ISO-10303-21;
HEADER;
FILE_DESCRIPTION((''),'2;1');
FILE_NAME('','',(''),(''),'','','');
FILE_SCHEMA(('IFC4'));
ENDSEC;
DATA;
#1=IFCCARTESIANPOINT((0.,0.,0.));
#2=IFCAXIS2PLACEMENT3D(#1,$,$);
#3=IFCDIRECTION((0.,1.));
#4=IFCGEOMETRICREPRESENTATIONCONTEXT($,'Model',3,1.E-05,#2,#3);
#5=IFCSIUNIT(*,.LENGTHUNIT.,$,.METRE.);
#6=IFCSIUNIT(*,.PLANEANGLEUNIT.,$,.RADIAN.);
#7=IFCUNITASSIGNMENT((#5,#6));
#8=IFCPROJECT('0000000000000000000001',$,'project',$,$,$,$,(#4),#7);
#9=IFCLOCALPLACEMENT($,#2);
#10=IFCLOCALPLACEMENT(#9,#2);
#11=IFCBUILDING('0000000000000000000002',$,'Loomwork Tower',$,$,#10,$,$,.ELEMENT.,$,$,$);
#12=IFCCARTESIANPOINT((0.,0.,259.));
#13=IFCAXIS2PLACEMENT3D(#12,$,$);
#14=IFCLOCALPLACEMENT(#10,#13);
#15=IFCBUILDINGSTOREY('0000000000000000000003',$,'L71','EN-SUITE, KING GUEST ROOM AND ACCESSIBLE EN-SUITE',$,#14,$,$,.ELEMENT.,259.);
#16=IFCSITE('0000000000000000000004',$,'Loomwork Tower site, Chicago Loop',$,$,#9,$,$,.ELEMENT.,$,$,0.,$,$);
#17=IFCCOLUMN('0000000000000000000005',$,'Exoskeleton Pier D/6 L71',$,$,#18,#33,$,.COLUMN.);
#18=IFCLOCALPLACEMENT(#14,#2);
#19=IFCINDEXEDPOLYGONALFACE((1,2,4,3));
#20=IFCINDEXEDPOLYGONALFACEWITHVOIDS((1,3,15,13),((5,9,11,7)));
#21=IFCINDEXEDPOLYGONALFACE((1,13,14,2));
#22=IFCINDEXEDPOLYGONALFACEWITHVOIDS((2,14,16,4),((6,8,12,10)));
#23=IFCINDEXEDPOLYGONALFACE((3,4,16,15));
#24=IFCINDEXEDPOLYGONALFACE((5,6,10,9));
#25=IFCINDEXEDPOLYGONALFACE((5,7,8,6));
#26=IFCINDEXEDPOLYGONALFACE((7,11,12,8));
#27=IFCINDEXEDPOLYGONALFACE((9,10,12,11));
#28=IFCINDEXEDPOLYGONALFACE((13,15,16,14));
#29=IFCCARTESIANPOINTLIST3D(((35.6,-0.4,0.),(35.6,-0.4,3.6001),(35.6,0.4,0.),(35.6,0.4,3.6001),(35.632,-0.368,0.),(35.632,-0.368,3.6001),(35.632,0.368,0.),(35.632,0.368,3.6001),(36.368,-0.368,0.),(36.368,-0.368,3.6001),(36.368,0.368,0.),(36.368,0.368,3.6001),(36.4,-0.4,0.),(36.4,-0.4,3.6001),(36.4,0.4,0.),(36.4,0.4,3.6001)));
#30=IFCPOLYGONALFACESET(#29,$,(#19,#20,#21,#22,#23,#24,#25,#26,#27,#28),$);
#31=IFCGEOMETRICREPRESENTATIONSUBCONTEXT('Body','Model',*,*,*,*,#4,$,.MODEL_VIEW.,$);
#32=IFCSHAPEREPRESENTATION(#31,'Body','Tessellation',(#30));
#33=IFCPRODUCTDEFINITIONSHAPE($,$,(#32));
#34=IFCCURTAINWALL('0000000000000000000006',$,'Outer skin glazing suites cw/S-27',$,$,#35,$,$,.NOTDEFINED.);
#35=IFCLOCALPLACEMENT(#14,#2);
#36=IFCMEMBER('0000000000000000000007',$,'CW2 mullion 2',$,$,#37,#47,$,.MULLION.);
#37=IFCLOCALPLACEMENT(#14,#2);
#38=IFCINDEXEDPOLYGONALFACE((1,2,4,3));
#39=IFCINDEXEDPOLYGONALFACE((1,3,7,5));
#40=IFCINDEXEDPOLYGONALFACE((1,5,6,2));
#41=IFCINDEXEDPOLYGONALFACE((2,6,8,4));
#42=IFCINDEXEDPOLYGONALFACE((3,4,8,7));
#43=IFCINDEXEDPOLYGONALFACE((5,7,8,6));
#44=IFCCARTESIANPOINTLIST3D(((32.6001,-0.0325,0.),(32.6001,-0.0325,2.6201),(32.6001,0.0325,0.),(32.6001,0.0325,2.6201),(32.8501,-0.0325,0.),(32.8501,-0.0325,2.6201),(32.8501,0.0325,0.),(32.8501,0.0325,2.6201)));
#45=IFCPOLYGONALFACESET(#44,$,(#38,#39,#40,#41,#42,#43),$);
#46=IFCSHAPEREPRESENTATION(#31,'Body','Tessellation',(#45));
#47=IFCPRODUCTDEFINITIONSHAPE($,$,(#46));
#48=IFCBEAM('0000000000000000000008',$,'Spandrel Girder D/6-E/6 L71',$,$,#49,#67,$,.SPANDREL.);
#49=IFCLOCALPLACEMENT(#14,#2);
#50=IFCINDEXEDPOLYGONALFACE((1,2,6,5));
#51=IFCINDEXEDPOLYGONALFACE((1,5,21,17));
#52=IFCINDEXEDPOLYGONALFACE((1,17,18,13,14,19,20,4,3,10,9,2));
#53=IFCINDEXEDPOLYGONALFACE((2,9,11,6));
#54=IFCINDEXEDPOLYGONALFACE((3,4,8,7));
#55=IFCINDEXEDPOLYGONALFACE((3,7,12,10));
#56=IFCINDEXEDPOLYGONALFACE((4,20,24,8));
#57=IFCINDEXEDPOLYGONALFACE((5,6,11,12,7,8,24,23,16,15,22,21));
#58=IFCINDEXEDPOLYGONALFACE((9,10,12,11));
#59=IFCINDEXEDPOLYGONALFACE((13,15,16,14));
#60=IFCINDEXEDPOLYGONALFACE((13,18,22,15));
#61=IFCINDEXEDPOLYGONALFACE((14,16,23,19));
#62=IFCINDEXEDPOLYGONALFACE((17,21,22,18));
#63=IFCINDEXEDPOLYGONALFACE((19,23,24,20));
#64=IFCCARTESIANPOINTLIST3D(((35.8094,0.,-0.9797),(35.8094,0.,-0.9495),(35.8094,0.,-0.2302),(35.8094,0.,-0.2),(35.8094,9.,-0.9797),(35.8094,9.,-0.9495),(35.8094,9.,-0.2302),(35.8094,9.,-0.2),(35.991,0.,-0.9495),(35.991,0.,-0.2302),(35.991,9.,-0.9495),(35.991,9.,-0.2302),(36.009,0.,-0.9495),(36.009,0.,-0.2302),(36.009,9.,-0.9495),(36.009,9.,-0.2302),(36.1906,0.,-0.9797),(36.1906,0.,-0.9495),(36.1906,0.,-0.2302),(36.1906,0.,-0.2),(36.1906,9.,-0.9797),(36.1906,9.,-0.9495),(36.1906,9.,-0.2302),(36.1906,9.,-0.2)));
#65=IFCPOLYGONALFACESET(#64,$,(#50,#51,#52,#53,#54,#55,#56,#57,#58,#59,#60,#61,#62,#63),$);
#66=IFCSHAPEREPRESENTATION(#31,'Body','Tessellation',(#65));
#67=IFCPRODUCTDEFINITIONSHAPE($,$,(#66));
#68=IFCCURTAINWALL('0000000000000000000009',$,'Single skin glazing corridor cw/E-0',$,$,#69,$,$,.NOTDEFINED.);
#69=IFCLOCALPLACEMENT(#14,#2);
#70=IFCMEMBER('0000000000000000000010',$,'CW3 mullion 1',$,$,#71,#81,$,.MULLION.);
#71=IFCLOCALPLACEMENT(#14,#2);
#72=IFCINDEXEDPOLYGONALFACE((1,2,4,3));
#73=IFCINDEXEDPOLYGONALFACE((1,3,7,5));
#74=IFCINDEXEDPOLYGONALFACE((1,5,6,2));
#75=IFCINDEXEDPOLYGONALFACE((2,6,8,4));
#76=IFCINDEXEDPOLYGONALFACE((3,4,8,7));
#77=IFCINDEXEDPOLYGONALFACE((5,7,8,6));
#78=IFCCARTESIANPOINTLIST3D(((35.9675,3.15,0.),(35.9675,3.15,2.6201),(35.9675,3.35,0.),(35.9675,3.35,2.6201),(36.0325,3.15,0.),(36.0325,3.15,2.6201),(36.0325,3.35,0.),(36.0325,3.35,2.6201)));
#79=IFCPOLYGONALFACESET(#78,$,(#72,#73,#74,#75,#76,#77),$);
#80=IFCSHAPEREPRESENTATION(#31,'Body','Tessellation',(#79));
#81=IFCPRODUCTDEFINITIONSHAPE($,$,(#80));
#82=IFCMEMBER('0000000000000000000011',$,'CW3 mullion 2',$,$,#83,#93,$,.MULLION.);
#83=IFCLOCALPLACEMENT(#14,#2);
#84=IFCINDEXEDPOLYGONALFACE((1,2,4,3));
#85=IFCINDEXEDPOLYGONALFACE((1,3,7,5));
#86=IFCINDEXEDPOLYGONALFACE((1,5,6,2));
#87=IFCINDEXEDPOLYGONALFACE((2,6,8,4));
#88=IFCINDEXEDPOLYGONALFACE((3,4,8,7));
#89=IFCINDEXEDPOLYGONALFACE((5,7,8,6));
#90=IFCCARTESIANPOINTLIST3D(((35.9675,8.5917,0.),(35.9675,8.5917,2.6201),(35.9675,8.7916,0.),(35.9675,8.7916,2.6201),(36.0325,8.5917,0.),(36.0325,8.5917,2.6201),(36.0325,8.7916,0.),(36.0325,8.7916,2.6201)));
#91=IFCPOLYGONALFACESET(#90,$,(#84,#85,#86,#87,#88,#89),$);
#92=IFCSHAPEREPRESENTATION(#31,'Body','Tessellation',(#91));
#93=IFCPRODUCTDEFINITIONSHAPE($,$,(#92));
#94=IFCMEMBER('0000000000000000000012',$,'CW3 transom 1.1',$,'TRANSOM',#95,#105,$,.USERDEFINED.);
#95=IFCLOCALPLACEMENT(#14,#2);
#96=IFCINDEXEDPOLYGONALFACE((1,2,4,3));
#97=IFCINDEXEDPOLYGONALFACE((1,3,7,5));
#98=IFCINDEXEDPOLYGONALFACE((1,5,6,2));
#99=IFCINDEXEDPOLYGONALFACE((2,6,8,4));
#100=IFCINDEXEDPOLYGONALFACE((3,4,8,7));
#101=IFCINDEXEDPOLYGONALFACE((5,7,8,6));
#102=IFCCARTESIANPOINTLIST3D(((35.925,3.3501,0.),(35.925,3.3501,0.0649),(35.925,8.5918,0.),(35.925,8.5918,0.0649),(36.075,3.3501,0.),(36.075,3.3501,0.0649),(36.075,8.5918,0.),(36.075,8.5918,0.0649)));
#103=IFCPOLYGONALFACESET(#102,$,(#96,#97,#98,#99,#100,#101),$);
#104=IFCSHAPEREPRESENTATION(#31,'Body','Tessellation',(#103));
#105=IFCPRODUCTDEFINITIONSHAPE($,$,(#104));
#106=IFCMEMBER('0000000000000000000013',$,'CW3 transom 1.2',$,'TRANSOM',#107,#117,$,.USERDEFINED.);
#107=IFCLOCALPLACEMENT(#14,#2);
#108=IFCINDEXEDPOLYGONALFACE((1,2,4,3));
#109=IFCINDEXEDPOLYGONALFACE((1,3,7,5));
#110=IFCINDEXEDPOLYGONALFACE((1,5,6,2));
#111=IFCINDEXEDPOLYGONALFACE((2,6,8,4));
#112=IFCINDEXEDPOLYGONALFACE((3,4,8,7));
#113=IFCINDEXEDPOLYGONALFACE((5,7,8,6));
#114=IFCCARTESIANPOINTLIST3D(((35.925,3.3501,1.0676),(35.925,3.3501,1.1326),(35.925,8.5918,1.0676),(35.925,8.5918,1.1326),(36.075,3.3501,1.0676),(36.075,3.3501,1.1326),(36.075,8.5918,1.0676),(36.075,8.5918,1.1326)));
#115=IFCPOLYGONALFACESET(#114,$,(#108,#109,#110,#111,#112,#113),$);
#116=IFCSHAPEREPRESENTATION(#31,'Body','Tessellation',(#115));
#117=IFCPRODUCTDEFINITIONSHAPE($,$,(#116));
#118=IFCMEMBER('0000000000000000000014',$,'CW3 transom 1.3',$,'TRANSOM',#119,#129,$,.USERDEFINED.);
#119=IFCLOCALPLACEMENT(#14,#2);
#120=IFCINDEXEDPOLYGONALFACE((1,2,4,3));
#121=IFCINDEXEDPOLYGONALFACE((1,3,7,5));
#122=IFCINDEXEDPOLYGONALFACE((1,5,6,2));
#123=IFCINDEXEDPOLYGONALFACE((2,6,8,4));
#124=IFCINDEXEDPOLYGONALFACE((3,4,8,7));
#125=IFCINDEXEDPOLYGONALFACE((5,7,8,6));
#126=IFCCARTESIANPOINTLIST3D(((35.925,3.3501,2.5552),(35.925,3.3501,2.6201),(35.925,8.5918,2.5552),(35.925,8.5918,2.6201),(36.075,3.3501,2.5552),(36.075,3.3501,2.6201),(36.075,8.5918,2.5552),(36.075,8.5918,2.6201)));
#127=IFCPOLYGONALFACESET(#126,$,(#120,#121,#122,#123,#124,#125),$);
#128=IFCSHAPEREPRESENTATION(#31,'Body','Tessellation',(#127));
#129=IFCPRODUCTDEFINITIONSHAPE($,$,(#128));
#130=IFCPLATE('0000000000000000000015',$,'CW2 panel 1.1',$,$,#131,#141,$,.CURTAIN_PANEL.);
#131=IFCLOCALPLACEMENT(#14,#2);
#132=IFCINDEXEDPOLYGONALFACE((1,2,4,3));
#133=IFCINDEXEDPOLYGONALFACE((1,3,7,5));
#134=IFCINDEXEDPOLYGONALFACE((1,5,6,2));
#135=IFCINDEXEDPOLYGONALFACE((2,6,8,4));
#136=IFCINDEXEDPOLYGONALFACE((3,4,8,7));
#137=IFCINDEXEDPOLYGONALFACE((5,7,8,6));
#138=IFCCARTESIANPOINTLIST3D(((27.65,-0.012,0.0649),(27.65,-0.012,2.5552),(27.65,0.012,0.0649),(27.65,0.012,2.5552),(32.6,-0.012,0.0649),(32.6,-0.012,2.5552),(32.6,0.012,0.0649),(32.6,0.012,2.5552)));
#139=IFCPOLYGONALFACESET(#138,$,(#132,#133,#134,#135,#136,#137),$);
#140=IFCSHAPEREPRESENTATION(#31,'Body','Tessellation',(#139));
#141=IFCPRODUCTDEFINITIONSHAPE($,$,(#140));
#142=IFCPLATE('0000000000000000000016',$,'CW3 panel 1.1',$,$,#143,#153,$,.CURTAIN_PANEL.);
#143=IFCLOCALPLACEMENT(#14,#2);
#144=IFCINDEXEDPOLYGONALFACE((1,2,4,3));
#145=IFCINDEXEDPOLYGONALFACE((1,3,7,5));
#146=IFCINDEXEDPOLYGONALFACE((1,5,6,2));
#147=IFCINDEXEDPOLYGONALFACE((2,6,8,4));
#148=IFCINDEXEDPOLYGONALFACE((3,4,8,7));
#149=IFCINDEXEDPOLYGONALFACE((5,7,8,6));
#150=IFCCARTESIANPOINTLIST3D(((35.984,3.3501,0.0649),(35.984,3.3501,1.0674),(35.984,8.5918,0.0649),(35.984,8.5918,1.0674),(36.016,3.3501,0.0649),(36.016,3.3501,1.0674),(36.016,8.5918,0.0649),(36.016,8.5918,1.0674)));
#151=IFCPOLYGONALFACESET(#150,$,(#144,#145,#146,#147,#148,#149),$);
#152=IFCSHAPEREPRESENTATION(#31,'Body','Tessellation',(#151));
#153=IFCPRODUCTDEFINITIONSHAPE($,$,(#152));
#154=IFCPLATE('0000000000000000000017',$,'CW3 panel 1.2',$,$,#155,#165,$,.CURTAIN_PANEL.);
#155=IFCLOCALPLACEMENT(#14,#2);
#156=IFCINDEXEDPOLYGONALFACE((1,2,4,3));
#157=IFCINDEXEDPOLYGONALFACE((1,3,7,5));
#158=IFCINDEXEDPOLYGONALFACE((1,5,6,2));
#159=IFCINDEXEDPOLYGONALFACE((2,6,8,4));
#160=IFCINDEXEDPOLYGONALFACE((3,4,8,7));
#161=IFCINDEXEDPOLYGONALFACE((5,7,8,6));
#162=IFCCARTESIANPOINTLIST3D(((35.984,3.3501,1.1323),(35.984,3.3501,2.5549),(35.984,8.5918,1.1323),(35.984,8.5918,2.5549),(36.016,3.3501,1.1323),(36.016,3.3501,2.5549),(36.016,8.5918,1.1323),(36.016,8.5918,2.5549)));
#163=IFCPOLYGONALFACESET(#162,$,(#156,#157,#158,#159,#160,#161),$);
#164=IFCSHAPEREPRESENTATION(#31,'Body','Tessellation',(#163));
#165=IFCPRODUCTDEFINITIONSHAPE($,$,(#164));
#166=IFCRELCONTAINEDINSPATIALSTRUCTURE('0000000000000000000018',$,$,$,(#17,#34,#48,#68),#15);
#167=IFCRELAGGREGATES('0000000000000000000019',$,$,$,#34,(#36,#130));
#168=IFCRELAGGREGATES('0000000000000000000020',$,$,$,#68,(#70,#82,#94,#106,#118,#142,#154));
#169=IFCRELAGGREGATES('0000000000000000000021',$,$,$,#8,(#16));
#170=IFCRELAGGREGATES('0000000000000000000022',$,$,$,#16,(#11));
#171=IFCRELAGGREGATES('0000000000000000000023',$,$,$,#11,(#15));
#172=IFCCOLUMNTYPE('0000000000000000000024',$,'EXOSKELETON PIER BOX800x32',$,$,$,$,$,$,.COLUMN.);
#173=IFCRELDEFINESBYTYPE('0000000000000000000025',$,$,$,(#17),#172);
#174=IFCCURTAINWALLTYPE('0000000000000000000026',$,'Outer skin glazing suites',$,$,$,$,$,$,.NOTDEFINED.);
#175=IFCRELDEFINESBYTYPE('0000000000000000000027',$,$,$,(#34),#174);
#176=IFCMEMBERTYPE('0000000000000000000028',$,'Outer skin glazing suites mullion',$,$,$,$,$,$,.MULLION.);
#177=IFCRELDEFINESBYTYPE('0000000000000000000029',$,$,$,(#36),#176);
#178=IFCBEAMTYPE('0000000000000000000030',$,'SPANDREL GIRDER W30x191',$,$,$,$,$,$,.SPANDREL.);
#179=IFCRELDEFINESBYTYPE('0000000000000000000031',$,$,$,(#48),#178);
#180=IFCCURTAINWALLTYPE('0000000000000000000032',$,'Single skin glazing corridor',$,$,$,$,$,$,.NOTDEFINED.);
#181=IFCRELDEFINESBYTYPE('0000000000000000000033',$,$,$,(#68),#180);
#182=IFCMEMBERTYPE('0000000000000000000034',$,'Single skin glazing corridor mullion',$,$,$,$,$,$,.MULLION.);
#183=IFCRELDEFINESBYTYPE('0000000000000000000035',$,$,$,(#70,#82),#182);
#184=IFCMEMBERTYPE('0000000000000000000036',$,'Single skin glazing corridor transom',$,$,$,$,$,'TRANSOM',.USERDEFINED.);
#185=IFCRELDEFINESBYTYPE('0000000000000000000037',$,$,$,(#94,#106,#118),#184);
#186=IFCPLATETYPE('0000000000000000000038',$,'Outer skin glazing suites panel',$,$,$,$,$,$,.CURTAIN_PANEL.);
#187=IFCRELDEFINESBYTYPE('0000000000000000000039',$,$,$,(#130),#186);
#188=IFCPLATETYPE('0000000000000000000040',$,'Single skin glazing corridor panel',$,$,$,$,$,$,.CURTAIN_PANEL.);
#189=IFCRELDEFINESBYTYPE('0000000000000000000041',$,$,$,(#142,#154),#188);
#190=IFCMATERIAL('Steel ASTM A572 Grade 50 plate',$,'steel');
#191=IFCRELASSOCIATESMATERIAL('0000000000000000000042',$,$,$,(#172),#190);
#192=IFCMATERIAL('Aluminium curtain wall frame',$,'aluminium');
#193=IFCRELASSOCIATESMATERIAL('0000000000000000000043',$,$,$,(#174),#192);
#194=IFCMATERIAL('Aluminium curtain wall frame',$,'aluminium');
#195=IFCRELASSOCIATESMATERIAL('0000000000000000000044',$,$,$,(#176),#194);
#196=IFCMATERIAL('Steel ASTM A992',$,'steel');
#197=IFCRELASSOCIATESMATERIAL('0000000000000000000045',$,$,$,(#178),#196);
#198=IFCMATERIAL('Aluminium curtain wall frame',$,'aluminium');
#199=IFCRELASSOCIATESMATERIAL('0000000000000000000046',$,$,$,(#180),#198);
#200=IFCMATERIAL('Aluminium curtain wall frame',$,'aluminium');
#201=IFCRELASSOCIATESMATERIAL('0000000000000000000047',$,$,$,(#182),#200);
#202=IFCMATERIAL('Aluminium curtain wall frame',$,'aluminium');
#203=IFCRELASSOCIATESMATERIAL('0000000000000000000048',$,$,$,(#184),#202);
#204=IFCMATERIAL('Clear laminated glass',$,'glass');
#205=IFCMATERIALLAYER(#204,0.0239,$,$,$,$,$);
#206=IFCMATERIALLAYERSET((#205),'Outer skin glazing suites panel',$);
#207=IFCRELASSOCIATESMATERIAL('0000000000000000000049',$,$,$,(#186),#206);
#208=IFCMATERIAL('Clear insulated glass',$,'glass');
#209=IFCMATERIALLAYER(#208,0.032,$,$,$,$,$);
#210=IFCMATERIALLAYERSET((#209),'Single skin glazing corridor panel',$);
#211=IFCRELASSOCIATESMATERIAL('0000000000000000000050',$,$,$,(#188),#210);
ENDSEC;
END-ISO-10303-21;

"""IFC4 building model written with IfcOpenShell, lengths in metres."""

from ifc_helpers import new_model, si_unit, direction, frame, origin, origin_2d, place, context, subcontext, project, spatial, rectangle, hollow_rectangle, i_section, extrude, material, layer, layer_set, material_profile, profile_set, type_object, element, aggregate, save


model = new_model("IFC4")

# Units and contexts
model_context = context("Model", 3, precision=1e-05, world=origin(), true_north=direction((0.0, 1.0)))
body_context = subcontext(model_context, "Body", "Model", "MODEL_VIEW")
ifc_project = project(units=[si_unit("LENGTHUNIT", "METRE"), si_unit("PLANEANGLEUNIT", "RADIAN")], contexts=[model_context])

# Site, building, storey
site_placement = place(None, origin())
site = spatial("IfcSite", under=ifc_project, at=site_placement, Name="Loomwork Tower site, Chicago Loop", CompositionType="ELEMENT", RefElevation=0.0)
building_placement = place(site_placement, origin())
building = spatial("IfcBuilding", under=site, at=building_placement, Name="Loomwork Tower", CompositionType="ELEMENT")
storey_placement = place(building_placement, frame((0.0, 0.0, 259.0)))
storey = spatial("IfcBuildingStorey", under=building, at=storey_placement, Name="L71", Description="EN-SUITE, KING GUEST ROOM AND ACCESSIBLE EN-SUITE", CompositionType="ELEMENT", Elevation=259.0)

# Column
ifc_material_1 = material(Name="Steel ASTM A572 Grade 50 plate", Category="steel")
ifc_material_profile_1 = material_profile(ifc_material_1, hollow_rectangle(XDim=0.8, YDim=0.8, WallThickness=0.032, at=origin_2d()), Name="BOX800x32")
ifc_profile_set_1 = profile_set([ifc_material_profile_1], Name="Steel ASTM A572 Grade 50 plate")
column_type = type_object("IfcColumnType", Name="EXOSKELETON PIER BOX800x32", PredefinedType="COLUMN", material=ifc_profile_set_1)
column_placement = place(storey_placement, frame((36.0, 0.0, 0.0), z_axis=(0.0, 0.0, 1.0), x_axis=(1.0, 0.0, 0.0)))
element("IfcColumn", 1, at=column_placement, inside=storey, type_object=column_type, Name="Exoskeleton Pier D/6 L71", PredefinedType="COLUMN", context=body_context, shape_type="SweptSolid", body=[
    extrude(hollow_rectangle(XDim=0.8, YDim=0.8, WallThickness=0.032, at=origin_2d()), origin(), (0.0, 0.0, 1.0), 3.6001),
])

# Curtain wall, member
ifc_material_2 = material(Name="Aluminium curtain wall frame", Category="aluminium")
curtain_wall_type_1 = type_object("IfcCurtainWallType", Name="Outer skin glazing suites", PredefinedType="NOTDEFINED", material=ifc_material_2)
curtain_wall_1_placement = place(storey_placement, origin())
curtain_wall_1 = element("IfcCurtainWall", 2, at=curtain_wall_1_placement, inside=storey, type_object=curtain_wall_type_1, Name="Outer skin glazing suites cw/S-27", PredefinedType="NOTDEFINED")
ifc_material_3 = material(Name="Aluminium curtain wall frame", Category="aluminium")
ifc_material_profile_2 = material_profile(ifc_material_3, rectangle(XDim=0.0649, YDim=0.25, at=origin_2d()), Name="AL 65x250")
ifc_profile_set_2 = profile_set([ifc_material_profile_2], Name="Aluminium curtain wall frame")
member_type_1 = type_object("IfcMemberType", Name="Outer skin glazing suites mullion", PredefinedType="MULLION", material=ifc_profile_set_2)
member_1_placement = place(storey_placement, frame((32.7251, 0.0, 0.0), z_axis=(0.0, 0.0, 1.0), x_axis=(0.0, 1.0, 0.0)))
member_1 = element("IfcMember", 3, at=member_1_placement, type_object=member_type_1, Name="CW2 mullion 2", PredefinedType="MULLION", context=body_context, shape_type="SweptSolid", body=[
    extrude(rectangle(XDim=0.0649, YDim=0.25, at=origin_2d()), origin(), (0.0, 0.0, 1.0), 2.6201),
])

# Beam
ifc_material_4 = material(Name="Steel ASTM A992", Category="steel")
ifc_material_profile_3 = material_profile(ifc_material_4, i_section(OverallWidth=0.3811, OverallDepth=0.7798, WebThickness=0.0181, FlangeThickness=0.0303, at=origin_2d()), Name="W30x191")
ifc_profile_set_3 = profile_set([ifc_material_profile_3], Name="Steel ASTM A992")
beam_type = type_object("IfcBeamType", Name="SPANDREL GIRDER W30x191", PredefinedType="SPANDREL", material=ifc_profile_set_3)
beam_placement = place(storey_placement, frame((36.0, 0.0, -0.5898), z_axis=(0.0, 1.0, 0.0), x_axis=(-1.0, 0.0, 0.0)))
element("IfcBeam", 4, at=beam_placement, inside=storey, type_object=beam_type, Name="Spandrel Girder D/6-E/6 L71", PredefinedType="SPANDREL", context=body_context, shape_type="SweptSolid", body=[
    extrude(i_section(OverallWidth=0.3811, OverallDepth=0.7798, WebThickness=0.0181, FlangeThickness=0.0303, at=origin_2d()), origin(), (0.0, 0.0, 1.0), 9.0),
])

# Curtain wall, members
ifc_material_5 = material(Name="Aluminium curtain wall frame", Category="aluminium")
curtain_wall_type_2 = type_object("IfcCurtainWallType", Name="Single skin glazing corridor", PredefinedType="NOTDEFINED", material=ifc_material_5)
curtain_wall_2_placement = place(storey_placement, origin())
curtain_wall_2 = element("IfcCurtainWall", 5, at=curtain_wall_2_placement, inside=storey, type_object=curtain_wall_type_2, Name="Single skin glazing corridor cw/E-0", PredefinedType="NOTDEFINED")
ifc_material_6 = material(Name="Aluminium curtain wall frame", Category="aluminium")
ifc_material_profile_4 = material_profile(ifc_material_6, rectangle(XDim=0.0649, YDim=0.2, at=origin_2d()), Name="AL 65x200")
ifc_profile_set_4 = profile_set([ifc_material_profile_4], Name="Aluminium curtain wall frame")
member_type_2 = type_object("IfcMemberType", Name="Single skin glazing corridor mullion", PredefinedType="MULLION", material=ifc_profile_set_4)
member_2_placement = place(storey_placement, frame((36.0, 3.25, 0.0), z_axis=(0.0, 0.0, 1.0), x_axis=(-1.0, 0.0, 0.0)))
member_2 = element("IfcMember", 6, at=member_2_placement, type_object=member_type_2, Name="CW3 mullion 1", PredefinedType="MULLION", context=body_context, shape_type="SweptSolid", body=[
    extrude(rectangle(XDim=0.0649, YDim=0.2, at=origin_2d()), origin(), (0.0, 0.0, 1.0), 2.6201),
])
member_3_placement = place(storey_placement, frame((36.0, 8.6917, 0.0), z_axis=(0.0, 0.0, 1.0), x_axis=(-1.0, 0.0, 0.0)))
member_3 = element("IfcMember", 7, at=member_3_placement, type_object=member_type_2, Name="CW3 mullion 2", PredefinedType="MULLION", context=body_context, shape_type="SweptSolid", body=[
    extrude(rectangle(XDim=0.0649, YDim=0.2, at=origin_2d()), origin(), (0.0, 0.0, 1.0), 2.6201),
])
ifc_material_7 = material(Name="Aluminium curtain wall frame", Category="aluminium")
ifc_material_profile_5 = material_profile(ifc_material_7, rectangle(XDim=0.1499, YDim=0.0649, at=origin_2d()), Name="AL 65x150")
ifc_profile_set_5 = profile_set([ifc_material_profile_5], Name="Aluminium curtain wall frame")
member_type_3 = type_object("IfcMemberType", Name="Single skin glazing corridor transom", ElementType="TRANSOM", PredefinedType="USERDEFINED", material=ifc_profile_set_5)
member_4_placement = place(storey_placement, frame((36.0, 3.3501, 0.0325), z_axis=(0.0, 1.0, 0.0), x_axis=(-1.0, 0.0, 0.0)))
member_4 = element("IfcMember", 8, at=member_4_placement, type_object=member_type_3, Name="CW3 transom 1.1", ObjectType="TRANSOM", PredefinedType="USERDEFINED", context=body_context, shape_type="SweptSolid", body=[
    extrude(rectangle(XDim=0.1499, YDim=0.0649, at=origin_2d()), origin(), (0.0, 0.0, 1.0), 5.2417),
])
member_5_placement = place(storey_placement, frame((36.0, 3.3501, 1.1001), z_axis=(0.0, 1.0, 0.0), x_axis=(-1.0, 0.0, 0.0)))
member_5 = element("IfcMember", 9, at=member_5_placement, type_object=member_type_3, Name="CW3 transom 1.2", ObjectType="TRANSOM", PredefinedType="USERDEFINED", context=body_context, shape_type="SweptSolid", body=[
    extrude(rectangle(XDim=0.1499, YDim=0.0649, at=origin_2d()), origin(), (0.0, 0.0, 1.0), 5.2417),
])
member_6_placement = place(storey_placement, frame((36.0, 3.3501, 2.5876), z_axis=(0.0, 1.0, 0.0), x_axis=(-1.0, 0.0, 0.0)))
member_6 = element("IfcMember", 10, at=member_6_placement, type_object=member_type_3, Name="CW3 transom 1.3", ObjectType="TRANSOM", PredefinedType="USERDEFINED", context=body_context, shape_type="SweptSolid", body=[
    extrude(rectangle(XDim=0.1499, YDim=0.0649, at=origin_2d()), origin(), (0.0, 0.0, 1.0), 5.2417),
])

# Plates
ifc_material_8 = material(Name="Clear laminated glass", Category="glass")
ifc_layer_1 = layer(ifc_material_8, 0.0239)
ifc_layer_set_1 = layer_set([ifc_layer_1], Name="Outer skin glazing suites panel")
plate_type_1 = type_object("IfcPlateType", Name="Outer skin glazing suites panel", PredefinedType="CURTAIN_PANEL", material=ifc_layer_set_1)
plate_1_placement = place(storey_placement, frame((30.125, 0.0, 0.0649), z_axis=(0.0, 0.0, 1.0), x_axis=(1.0, 0.0, 0.0)))
plate_1 = element("IfcPlate", 11, at=plate_1_placement, type_object=plate_type_1, Name="CW2 panel 1.1", PredefinedType="CURTAIN_PANEL", context=body_context, shape_type="SweptSolid", body=[
    extrude(rectangle(XDim=4.95, YDim=0.0239, at=origin_2d()), origin(), (0.0, 0.0, 1.0), 2.4902),
])
aggregate(curtain_wall_1, [member_1, plate_1])
ifc_material_9 = material(Name="Clear insulated glass", Category="glass")
ifc_layer_2 = layer(ifc_material_9, 0.032)
ifc_layer_set_2 = layer_set([ifc_layer_2], Name="Single skin glazing corridor panel")
plate_type_2 = type_object("IfcPlateType", Name="Single skin glazing corridor panel", PredefinedType="CURTAIN_PANEL", material=ifc_layer_set_2)
plate_2_placement = place(storey_placement, frame((36.0, 5.9709, 0.0649), z_axis=(0.0, 0.0, 1.0), x_axis=(0.0, 1.0, 0.0)))
plate_2 = element("IfcPlate", 12, at=plate_2_placement, type_object=plate_type_2, Name="CW3 panel 1.1", PredefinedType="CURTAIN_PANEL", context=body_context, shape_type="SweptSolid", body=[
    extrude(rectangle(XDim=5.2417, YDim=0.032, at=origin_2d()), origin(), (0.0, 0.0, 1.0), 1.0024),
])
plate_3_placement = place(storey_placement, frame((36.0, 5.9709, 1.1323), z_axis=(0.0, 0.0, 1.0), x_axis=(0.0, 1.0, 0.0)))
plate_3 = element("IfcPlate", 13, at=plate_3_placement, type_object=plate_type_2, Name="CW3 panel 1.2", PredefinedType="CURTAIN_PANEL", context=body_context, shape_type="SweptSolid", body=[
    extrude(rectangle(XDim=5.2417, YDim=0.032, at=origin_2d()), origin(), (0.0, 0.0, 1.0), 1.4226),
])
aggregate(curtain_wall_2, [member_2, member_3, member_4, member_5, member_6, plate_2, plate_3])

save(model, "model.ifc")
